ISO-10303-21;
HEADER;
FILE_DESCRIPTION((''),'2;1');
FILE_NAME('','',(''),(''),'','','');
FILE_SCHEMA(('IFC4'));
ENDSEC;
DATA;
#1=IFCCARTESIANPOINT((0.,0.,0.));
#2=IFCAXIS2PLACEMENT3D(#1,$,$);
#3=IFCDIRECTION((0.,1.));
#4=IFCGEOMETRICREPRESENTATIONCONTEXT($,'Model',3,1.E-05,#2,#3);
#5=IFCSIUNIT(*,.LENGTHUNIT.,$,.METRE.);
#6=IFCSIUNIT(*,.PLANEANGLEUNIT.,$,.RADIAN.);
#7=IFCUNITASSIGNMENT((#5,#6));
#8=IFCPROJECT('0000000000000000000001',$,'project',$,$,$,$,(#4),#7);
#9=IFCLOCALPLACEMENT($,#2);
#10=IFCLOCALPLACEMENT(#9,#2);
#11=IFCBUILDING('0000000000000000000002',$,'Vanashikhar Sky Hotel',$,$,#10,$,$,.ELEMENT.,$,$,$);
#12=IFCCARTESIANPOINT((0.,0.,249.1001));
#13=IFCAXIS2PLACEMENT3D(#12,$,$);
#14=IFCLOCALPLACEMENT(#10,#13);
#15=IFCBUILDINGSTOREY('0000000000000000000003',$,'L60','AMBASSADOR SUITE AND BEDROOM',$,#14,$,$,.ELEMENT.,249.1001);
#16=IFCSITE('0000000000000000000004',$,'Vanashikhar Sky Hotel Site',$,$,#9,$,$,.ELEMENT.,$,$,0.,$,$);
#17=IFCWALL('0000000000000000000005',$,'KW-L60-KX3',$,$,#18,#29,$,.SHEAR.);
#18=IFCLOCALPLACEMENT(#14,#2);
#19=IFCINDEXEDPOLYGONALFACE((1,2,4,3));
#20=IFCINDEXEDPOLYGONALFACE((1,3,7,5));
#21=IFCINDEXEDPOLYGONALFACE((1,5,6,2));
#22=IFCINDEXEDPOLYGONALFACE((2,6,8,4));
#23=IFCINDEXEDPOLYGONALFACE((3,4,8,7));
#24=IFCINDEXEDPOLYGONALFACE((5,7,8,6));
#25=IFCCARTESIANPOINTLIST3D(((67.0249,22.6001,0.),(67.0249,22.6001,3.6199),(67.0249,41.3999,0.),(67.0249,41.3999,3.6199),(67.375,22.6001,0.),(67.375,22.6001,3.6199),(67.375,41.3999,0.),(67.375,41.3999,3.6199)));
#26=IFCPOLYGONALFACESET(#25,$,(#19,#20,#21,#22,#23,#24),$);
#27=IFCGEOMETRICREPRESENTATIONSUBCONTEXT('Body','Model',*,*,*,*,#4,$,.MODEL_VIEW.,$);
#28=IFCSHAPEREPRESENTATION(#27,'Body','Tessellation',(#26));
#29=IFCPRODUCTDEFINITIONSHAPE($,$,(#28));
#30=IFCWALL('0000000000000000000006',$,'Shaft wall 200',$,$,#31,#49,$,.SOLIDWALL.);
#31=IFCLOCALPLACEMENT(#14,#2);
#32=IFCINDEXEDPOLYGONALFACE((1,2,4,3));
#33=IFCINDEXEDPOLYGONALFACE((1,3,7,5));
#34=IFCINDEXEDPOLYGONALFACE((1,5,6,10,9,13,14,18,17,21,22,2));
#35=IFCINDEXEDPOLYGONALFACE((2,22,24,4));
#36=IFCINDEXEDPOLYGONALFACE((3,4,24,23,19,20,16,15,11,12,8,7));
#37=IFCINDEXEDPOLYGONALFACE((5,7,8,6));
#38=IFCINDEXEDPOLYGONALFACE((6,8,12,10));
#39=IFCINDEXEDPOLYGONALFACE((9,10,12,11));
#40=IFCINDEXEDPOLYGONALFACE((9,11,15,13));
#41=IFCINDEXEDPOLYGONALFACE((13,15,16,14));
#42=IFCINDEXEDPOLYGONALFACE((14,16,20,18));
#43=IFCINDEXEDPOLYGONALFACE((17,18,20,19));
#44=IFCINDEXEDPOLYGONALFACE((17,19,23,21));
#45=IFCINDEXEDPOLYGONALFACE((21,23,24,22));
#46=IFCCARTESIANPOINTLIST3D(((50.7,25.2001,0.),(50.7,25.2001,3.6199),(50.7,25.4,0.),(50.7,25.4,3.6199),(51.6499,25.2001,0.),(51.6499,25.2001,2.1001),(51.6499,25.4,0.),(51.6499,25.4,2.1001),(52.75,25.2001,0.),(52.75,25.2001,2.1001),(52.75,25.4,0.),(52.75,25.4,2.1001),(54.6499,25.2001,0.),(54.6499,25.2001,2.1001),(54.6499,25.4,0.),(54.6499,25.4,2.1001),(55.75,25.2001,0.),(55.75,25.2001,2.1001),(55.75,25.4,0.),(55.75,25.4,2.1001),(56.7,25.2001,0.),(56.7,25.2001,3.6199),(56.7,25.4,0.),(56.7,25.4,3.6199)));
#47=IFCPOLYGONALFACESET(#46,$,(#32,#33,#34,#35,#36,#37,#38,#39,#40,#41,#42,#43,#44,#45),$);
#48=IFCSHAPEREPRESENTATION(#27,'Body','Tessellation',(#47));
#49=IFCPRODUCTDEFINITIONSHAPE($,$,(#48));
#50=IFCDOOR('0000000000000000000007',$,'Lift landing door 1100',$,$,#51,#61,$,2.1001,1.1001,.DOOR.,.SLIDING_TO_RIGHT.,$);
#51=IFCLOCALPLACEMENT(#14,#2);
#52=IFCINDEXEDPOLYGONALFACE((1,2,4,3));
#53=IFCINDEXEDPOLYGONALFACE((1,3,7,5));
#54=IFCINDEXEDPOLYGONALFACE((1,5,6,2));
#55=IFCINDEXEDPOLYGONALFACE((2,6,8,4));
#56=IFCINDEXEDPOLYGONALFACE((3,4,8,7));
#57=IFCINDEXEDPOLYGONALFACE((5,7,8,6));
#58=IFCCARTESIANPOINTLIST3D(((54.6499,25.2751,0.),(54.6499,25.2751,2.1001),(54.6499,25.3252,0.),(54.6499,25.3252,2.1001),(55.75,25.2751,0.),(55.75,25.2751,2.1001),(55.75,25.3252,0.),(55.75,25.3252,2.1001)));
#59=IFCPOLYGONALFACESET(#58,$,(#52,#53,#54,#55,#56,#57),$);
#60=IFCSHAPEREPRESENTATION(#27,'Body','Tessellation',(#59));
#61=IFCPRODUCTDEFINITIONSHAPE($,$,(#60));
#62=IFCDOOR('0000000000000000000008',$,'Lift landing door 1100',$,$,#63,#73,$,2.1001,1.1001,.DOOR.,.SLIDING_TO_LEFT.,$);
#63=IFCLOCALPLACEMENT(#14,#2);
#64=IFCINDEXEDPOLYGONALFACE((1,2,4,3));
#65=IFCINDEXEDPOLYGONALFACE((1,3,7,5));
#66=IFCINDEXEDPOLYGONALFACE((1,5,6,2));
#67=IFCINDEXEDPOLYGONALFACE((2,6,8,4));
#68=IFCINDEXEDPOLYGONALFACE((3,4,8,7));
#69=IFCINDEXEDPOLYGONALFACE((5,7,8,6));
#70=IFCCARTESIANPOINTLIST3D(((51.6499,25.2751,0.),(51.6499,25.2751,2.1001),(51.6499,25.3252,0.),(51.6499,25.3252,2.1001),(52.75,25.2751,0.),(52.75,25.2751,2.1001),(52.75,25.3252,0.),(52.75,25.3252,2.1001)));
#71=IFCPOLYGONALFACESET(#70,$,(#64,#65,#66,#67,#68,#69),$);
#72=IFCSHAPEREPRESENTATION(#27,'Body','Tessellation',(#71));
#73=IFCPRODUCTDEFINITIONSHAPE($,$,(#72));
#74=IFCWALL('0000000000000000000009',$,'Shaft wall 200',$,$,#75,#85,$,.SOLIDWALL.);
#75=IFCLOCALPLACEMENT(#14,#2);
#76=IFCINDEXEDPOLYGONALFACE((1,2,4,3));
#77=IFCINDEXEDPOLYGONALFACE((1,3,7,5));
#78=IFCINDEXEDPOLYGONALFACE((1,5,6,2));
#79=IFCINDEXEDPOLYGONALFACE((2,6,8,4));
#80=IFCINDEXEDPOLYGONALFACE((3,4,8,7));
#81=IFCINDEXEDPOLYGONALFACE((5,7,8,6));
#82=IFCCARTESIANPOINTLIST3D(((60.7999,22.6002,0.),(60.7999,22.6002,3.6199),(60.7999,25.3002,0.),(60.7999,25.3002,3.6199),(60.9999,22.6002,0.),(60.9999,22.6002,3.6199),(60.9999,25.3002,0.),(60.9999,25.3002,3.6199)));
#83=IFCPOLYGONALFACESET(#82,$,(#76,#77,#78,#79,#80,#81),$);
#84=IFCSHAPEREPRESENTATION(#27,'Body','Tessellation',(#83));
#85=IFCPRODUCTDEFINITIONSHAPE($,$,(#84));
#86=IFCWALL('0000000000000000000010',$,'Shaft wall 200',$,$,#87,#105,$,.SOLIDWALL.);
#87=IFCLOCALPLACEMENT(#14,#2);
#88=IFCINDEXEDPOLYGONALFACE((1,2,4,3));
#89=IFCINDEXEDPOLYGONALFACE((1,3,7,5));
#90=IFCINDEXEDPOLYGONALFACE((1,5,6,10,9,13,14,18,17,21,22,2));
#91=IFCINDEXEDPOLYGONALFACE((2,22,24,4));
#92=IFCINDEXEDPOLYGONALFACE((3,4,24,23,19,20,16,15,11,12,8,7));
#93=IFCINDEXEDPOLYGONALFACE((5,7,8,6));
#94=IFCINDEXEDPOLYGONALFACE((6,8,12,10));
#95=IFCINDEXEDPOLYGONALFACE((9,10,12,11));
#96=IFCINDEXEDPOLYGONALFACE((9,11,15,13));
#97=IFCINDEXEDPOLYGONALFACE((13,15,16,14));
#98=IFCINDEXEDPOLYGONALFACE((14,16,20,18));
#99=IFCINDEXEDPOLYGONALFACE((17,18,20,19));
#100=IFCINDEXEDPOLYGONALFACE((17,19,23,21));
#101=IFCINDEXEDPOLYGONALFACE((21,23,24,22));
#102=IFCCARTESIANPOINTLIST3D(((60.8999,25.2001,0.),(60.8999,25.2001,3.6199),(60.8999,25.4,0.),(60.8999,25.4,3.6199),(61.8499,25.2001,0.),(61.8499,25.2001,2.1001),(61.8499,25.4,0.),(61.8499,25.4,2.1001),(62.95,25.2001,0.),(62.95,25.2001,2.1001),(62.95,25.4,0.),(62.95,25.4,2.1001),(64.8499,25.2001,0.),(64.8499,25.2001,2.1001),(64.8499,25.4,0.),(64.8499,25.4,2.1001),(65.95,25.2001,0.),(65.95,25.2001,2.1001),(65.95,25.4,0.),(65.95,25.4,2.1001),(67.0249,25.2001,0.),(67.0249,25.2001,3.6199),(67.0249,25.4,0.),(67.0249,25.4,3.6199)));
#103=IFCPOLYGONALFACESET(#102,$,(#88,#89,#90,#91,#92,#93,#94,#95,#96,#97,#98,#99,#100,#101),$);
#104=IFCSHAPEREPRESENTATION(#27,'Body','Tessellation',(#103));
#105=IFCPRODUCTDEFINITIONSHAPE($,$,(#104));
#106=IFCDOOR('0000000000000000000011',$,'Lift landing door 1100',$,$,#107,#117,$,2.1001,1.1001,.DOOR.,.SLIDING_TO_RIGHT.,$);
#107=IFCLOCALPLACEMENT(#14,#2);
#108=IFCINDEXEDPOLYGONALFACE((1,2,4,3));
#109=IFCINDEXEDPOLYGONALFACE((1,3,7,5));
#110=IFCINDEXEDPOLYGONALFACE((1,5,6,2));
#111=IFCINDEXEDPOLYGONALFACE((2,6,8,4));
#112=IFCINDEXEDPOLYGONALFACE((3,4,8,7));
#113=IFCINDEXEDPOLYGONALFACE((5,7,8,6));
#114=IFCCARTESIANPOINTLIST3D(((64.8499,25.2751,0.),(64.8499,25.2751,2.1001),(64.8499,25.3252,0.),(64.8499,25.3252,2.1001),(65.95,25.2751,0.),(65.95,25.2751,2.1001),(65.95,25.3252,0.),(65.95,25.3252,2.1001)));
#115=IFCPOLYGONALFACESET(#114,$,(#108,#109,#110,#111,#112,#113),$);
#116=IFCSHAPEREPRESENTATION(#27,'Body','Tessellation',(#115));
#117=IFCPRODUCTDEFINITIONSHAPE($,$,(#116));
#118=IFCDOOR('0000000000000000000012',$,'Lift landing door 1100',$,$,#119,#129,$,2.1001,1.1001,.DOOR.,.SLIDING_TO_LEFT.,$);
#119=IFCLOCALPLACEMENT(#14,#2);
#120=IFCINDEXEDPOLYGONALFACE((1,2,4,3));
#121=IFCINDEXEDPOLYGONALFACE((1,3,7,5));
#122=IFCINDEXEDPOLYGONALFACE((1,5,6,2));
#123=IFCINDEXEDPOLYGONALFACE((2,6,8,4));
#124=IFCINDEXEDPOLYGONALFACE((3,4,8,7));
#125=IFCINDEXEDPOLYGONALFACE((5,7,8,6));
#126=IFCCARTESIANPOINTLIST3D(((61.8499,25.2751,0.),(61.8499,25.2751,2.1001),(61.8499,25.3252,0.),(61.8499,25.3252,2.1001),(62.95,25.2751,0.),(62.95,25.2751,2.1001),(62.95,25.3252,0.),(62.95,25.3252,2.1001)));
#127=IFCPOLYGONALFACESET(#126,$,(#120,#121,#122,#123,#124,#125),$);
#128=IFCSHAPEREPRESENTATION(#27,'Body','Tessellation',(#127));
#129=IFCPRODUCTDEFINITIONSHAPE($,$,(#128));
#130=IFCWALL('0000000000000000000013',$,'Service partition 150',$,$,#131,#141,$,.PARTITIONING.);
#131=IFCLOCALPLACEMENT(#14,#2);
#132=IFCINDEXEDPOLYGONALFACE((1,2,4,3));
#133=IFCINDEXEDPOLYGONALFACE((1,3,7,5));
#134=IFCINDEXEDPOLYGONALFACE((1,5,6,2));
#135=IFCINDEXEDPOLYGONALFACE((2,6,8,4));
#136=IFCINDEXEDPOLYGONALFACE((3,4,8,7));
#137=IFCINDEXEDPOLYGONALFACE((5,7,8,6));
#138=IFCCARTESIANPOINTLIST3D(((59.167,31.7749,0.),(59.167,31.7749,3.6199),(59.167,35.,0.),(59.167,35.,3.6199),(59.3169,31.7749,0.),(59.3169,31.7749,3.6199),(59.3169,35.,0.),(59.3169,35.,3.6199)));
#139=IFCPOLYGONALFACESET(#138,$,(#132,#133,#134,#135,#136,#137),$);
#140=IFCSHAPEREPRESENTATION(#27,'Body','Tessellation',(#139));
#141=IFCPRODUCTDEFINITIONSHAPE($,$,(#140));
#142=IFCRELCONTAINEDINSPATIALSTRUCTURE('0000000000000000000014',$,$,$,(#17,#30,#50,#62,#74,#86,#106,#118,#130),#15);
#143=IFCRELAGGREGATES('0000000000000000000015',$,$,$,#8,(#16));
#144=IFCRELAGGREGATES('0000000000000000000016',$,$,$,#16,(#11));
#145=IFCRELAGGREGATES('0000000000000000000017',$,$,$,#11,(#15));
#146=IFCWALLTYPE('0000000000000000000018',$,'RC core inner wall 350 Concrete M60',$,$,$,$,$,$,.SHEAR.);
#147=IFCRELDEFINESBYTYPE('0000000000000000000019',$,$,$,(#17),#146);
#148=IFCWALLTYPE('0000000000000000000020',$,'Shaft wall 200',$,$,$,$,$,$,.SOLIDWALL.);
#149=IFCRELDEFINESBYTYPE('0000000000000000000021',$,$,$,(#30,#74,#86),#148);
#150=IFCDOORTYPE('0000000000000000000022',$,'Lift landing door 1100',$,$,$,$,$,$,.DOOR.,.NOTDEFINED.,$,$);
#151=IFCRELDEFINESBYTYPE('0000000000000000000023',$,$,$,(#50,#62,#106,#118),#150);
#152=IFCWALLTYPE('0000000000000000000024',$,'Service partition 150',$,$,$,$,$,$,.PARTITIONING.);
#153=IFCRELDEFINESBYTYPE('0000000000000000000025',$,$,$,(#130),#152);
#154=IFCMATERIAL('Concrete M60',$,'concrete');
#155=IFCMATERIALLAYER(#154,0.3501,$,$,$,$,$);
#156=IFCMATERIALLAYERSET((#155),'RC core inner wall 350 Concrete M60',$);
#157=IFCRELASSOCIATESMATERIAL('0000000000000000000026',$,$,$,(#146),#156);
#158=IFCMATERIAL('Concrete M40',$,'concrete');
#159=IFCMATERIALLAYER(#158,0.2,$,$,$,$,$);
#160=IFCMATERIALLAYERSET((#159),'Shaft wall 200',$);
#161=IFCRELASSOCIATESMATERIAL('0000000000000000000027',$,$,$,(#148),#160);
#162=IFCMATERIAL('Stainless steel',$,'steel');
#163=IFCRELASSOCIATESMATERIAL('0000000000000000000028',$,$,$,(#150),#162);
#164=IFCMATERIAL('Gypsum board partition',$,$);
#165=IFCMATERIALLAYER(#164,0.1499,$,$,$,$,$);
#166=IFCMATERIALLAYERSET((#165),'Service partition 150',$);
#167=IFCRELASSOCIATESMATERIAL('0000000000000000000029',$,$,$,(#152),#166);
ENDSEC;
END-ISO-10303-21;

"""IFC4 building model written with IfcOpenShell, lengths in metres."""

from ifc_helpers import new_model, si_unit, direction, frame, frame_2d, origin, place, context, subcontext, project, spatial, rectangle, extrude, source, transform, mapped, material, layer, layer_set, type_object, element, fill, save


model = new_model("IFC4")

# Units and contexts
model_context = context("Model", 3, precision=1e-05, world=origin(), true_north=direction((0.0, 1.0)))
body_context = subcontext(model_context, "Body", "Model", "MODEL_VIEW")
ifc_project = project(units=[si_unit("LENGTHUNIT", "METRE"), si_unit("PLANEANGLEUNIT", "RADIAN")], contexts=[model_context])

# Site, building, storey
site_placement = place(None, origin())
site = spatial("IfcSite", under=ifc_project, at=site_placement, Name="Vanashikhar Sky Hotel Site", CompositionType="ELEMENT", RefElevation=0.0)
building_placement = place(site_placement, origin())
building = spatial("IfcBuilding", under=site, at=building_placement, Name="Vanashikhar Sky Hotel", CompositionType="ELEMENT")
storey_placement = place(building_placement, frame((0.0, 0.0, 249.1001)))
storey = spatial("IfcBuildingStorey", under=building, at=storey_placement, Name="L60", Description="AMBASSADOR SUITE AND BEDROOM", CompositionType="ELEMENT", Elevation=249.1001)

# Wall
ifc_material_1 = material(Name="Concrete M60", Category="concrete")
ifc_layer_1 = layer(ifc_material_1, 0.3501)
ifc_layer_set_1 = layer_set([ifc_layer_1], Name="RC core inner wall 350 Concrete M60")
wall_type_1 = type_object("IfcWallType", Name="RC core inner wall 350 Concrete M60", PredefinedType="SHEAR", material=ifc_layer_set_1)
shared_shape_1 = source(origin(), body_context, "Body", "SweptSolid", [
    extrude(rectangle(XDim=18.7998, YDim=0.3501, at=frame_2d((9.3999, 0.0))), origin(), (0.0, 0.0, 1.0), 3.6199),
])
wall_1_placement = place(storey_placement, frame((67.2, 22.6001, 0.0), z_axis=(0.0, 0.0, 1.0), x_axis=(0.0, 1.0, 0.0)))
element("IfcWall", 1, at=wall_1_placement, inside=storey, type_object=wall_type_1, Name="KW-L60-KX3", PredefinedType="SHEAR", context=body_context, shape_type="MappedRepresentation", body=[
    mapped(shared_shape_1, transform((0.0, 0.0, 0.0), scale=1.0)),
])

# Wall, openings, doors
ifc_material_2 = material(Name="Concrete M40", Category="concrete")
ifc_layer_2 = layer(ifc_material_2, 0.2)
ifc_layer_set_2 = layer_set([ifc_layer_2], Name="Shaft wall 200")
wall_type_2 = type_object("IfcWallType", Name="Shaft wall 200", PredefinedType="SOLIDWALL", material=ifc_layer_set_2)
shared_shape_2 = source(origin(), body_context, "Body", "SweptSolid", [
    extrude(rectangle(XDim=6.0, YDim=0.2, at=frame_2d((3.0, 0.0))), origin(), (0.0, 0.0, 1.0), 3.6199),
])
wall_2_placement = place(storey_placement, frame((56.7, 25.3, 0.0), z_axis=(0.0, 0.0, 1.0), x_axis=(-1.0, 0.0, 0.0)))
wall_2 = element("IfcWall", 2, at=wall_2_placement, inside=storey, type_object=wall_type_2, Name="Shaft wall 200", PredefinedType="SOLIDWALL", context=body_context, shape_type="MappedRepresentation", body=[
    mapped(shared_shape_2, transform((0.0, 0.0, 0.0), scale=1.0)),
])
shared_shape_3 = source(origin(), body_context, "Body", "SweptSolid", [
    extrude(rectangle(XDim=1.1001, YDim=2.1001, at=frame_2d((0.55, 1.05))), frame((0.0, 0.1099, 0.0), z_axis=(0.0, -1.0, 0.0), x_axis=(1.0, 0.0, 0.0)), (0.0, 0.0, 1.0), 0.22),
])
opening_1_placement = place(wall_2_placement, frame((0.95, 0.0, 0.0)))
opening_1 = element("IfcOpeningElement", 3, at=opening_1_placement, cuts=wall_2, PredefinedType="OPENING", context=body_context, shape_type="MappedRepresentation", body=[
    mapped(shared_shape_3, transform((0.0, 0.0, 0.0), scale=1.0)),
])
opening_2_placement = place(wall_2_placement, frame((3.95, 0.0, 0.0)))
opening_2 = element("IfcOpeningElement", 4, at=opening_2_placement, cuts=wall_2, PredefinedType="OPENING", context=body_context, shape_type="MappedRepresentation", body=[
    mapped(shared_shape_3, transform((0.0, 0.0, 0.0), scale=1.0)),
])
ifc_material_3 = material(Name="Stainless steel", Category="steel")
door_type_1 = type_object("IfcDoorType", Name="Lift landing door 1100", OperationType="NOTDEFINED", PredefinedType="DOOR", material=ifc_material_3)
shared_shape_4 = source(origin(), body_context, "Body", "SweptSolid", [
    extrude(rectangle(XDim=1.1001, YDim=2.1001, at=frame_2d((0.55, 1.05))), frame((0.0, 0.0249, 0.0), z_axis=(0.0, -1.0, 0.0), x_axis=(1.0, 0.0, 0.0)), (0.0, 0.0, 1.0), 0.05),
])
door_1_placement = place(opening_1_placement, origin())
door_1 = element("IfcDoor", 5, at=door_1_placement, inside=storey, type_object=door_type_1, Name="Lift landing door 1100", OperationType="SLIDING_TO_RIGHT", OverallHeight=2.1001, OverallWidth=1.1001, PredefinedType="DOOR", context=body_context, shape_type="MappedRepresentation", body=[
    mapped(shared_shape_4, transform((0.0, 0.0, 0.0), scale=1.0)),
])
fill(opening_1, door_1)
door_2_placement = place(opening_2_placement, origin())
door_2 = element("IfcDoor", 6, at=door_2_placement, inside=storey, type_object=door_type_1, Name="Lift landing door 1100", OperationType="SLIDING_TO_LEFT", OverallHeight=2.1001, OverallWidth=1.1001, PredefinedType="DOOR", context=body_context, shape_type="MappedRepresentation", body=[
    mapped(shared_shape_4, transform((0.0, 0.0, 0.0), scale=1.0)),
])
fill(opening_2, door_2)

# Wall
shared_shape_5 = source(origin(), body_context, "Body", "SweptSolid", [
    extrude(rectangle(XDim=2.7, YDim=0.2, at=frame_2d((1.3501, 0.0))), origin(), (0.0, 0.0, 1.0), 3.6199),
])
wall_3_placement = place(storey_placement, frame((60.8999, 22.6001, 0.0), z_axis=(0.0, 0.0, 1.0), x_axis=(0.0, 1.0, 0.0)))
element("IfcWall", 7, at=wall_3_placement, inside=storey, type_object=wall_type_2, Name="Shaft wall 200", PredefinedType="SOLIDWALL", context=body_context, shape_type="MappedRepresentation", body=[
    mapped(shared_shape_5, transform((0.0, 0.0, 0.0), scale=1.0)),
])

# Wall, openings, doors
shared_shape_6 = source(origin(), body_context, "Body", "SweptSolid", [
    extrude(rectangle(XDim=6.125, YDim=0.2, at=frame_2d((3.0625, 0.0))), origin(), (0.0, 0.0, 1.0), 3.6199),
])
wall_4_placement = place(storey_placement, frame((67.0249, 25.3, 0.0), z_axis=(0.0, 0.0, 1.0), x_axis=(-1.0, 0.0, 0.0)))
wall_4 = element("IfcWall", 8, at=wall_4_placement, inside=storey, type_object=wall_type_2, Name="Shaft wall 200", PredefinedType="SOLIDWALL", context=body_context, shape_type="MappedRepresentation", body=[
    mapped(shared_shape_6, transform((0.0, 0.0, 0.0), scale=1.0)),
])
opening_3_placement = place(wall_4_placement, frame((1.075, 0.0, 0.0)))
opening_3 = element("IfcOpeningElement", 9, at=opening_3_placement, cuts=wall_4, PredefinedType="OPENING", context=body_context, shape_type="MappedRepresentation", body=[
    mapped(shared_shape_3, transform((0.0, 0.0, 0.0), scale=1.0)),
])
opening_4_placement = place(wall_4_placement, frame((4.075, 0.0, 0.0)))
opening_4 = element("IfcOpeningElement", 10, at=opening_4_placement, cuts=wall_4, PredefinedType="OPENING", context=body_context, shape_type="MappedRepresentation", body=[
    mapped(shared_shape_3, transform((0.0, 0.0, 0.0), scale=1.0)),
])
door_3_placement = place(opening_3_placement, origin())
door_3 = element("IfcDoor", 11, at=door_3_placement, inside=storey, type_object=door_type_1, Name="Lift landing door 1100", OperationType="SLIDING_TO_RIGHT", OverallHeight=2.1001, OverallWidth=1.1001, PredefinedType="DOOR", context=body_context, shape_type="MappedRepresentation", body=[
    mapped(shared_shape_4, transform((0.0, 0.0, 0.0), scale=1.0)),
])
fill(opening_3, door_3)
door_4_placement = place(opening_4_placement, origin())
door_4 = element("IfcDoor", 12, at=door_4_placement, inside=storey, type_object=door_type_1, Name="Lift landing door 1100", OperationType="SLIDING_TO_LEFT", OverallHeight=2.1001, OverallWidth=1.1001, PredefinedType="DOOR", context=body_context, shape_type="MappedRepresentation", body=[
    mapped(shared_shape_4, transform((0.0, 0.0, 0.0), scale=1.0)),
])
fill(opening_4, door_4)

# Wall
ifc_material_4 = material(Name="Gypsum board partition")
ifc_layer_3 = layer(ifc_material_4, 0.1499)
ifc_layer_set_3 = layer_set([ifc_layer_3], Name="Service partition 150")
wall_type_3 = type_object("IfcWallType", Name="Service partition 150", PredefinedType="PARTITIONING", material=ifc_layer_set_3)
shared_shape_7 = source(origin(), body_context, "Body", "SweptSolid", [
    extrude(rectangle(XDim=3.2251, YDim=0.1499, at=frame_2d((1.6125, 0.0))), origin(), (0.0, 0.0, 1.0), 3.6199),
])
wall_5_placement = place(storey_placement, frame((59.2419, 31.7749, 0.0), z_axis=(0.0, 0.0, 1.0), x_axis=(0.0, 1.0, 0.0)))
element("IfcWall", 13, at=wall_5_placement, inside=storey, type_object=wall_type_3, Name="Service partition 150", PredefinedType="PARTITIONING", context=body_context, shape_type="MappedRepresentation", body=[
    mapped(shared_shape_7, transform((0.0, 0.0, 0.0), scale=1.0)),
])

save(model, "model.ifc")
